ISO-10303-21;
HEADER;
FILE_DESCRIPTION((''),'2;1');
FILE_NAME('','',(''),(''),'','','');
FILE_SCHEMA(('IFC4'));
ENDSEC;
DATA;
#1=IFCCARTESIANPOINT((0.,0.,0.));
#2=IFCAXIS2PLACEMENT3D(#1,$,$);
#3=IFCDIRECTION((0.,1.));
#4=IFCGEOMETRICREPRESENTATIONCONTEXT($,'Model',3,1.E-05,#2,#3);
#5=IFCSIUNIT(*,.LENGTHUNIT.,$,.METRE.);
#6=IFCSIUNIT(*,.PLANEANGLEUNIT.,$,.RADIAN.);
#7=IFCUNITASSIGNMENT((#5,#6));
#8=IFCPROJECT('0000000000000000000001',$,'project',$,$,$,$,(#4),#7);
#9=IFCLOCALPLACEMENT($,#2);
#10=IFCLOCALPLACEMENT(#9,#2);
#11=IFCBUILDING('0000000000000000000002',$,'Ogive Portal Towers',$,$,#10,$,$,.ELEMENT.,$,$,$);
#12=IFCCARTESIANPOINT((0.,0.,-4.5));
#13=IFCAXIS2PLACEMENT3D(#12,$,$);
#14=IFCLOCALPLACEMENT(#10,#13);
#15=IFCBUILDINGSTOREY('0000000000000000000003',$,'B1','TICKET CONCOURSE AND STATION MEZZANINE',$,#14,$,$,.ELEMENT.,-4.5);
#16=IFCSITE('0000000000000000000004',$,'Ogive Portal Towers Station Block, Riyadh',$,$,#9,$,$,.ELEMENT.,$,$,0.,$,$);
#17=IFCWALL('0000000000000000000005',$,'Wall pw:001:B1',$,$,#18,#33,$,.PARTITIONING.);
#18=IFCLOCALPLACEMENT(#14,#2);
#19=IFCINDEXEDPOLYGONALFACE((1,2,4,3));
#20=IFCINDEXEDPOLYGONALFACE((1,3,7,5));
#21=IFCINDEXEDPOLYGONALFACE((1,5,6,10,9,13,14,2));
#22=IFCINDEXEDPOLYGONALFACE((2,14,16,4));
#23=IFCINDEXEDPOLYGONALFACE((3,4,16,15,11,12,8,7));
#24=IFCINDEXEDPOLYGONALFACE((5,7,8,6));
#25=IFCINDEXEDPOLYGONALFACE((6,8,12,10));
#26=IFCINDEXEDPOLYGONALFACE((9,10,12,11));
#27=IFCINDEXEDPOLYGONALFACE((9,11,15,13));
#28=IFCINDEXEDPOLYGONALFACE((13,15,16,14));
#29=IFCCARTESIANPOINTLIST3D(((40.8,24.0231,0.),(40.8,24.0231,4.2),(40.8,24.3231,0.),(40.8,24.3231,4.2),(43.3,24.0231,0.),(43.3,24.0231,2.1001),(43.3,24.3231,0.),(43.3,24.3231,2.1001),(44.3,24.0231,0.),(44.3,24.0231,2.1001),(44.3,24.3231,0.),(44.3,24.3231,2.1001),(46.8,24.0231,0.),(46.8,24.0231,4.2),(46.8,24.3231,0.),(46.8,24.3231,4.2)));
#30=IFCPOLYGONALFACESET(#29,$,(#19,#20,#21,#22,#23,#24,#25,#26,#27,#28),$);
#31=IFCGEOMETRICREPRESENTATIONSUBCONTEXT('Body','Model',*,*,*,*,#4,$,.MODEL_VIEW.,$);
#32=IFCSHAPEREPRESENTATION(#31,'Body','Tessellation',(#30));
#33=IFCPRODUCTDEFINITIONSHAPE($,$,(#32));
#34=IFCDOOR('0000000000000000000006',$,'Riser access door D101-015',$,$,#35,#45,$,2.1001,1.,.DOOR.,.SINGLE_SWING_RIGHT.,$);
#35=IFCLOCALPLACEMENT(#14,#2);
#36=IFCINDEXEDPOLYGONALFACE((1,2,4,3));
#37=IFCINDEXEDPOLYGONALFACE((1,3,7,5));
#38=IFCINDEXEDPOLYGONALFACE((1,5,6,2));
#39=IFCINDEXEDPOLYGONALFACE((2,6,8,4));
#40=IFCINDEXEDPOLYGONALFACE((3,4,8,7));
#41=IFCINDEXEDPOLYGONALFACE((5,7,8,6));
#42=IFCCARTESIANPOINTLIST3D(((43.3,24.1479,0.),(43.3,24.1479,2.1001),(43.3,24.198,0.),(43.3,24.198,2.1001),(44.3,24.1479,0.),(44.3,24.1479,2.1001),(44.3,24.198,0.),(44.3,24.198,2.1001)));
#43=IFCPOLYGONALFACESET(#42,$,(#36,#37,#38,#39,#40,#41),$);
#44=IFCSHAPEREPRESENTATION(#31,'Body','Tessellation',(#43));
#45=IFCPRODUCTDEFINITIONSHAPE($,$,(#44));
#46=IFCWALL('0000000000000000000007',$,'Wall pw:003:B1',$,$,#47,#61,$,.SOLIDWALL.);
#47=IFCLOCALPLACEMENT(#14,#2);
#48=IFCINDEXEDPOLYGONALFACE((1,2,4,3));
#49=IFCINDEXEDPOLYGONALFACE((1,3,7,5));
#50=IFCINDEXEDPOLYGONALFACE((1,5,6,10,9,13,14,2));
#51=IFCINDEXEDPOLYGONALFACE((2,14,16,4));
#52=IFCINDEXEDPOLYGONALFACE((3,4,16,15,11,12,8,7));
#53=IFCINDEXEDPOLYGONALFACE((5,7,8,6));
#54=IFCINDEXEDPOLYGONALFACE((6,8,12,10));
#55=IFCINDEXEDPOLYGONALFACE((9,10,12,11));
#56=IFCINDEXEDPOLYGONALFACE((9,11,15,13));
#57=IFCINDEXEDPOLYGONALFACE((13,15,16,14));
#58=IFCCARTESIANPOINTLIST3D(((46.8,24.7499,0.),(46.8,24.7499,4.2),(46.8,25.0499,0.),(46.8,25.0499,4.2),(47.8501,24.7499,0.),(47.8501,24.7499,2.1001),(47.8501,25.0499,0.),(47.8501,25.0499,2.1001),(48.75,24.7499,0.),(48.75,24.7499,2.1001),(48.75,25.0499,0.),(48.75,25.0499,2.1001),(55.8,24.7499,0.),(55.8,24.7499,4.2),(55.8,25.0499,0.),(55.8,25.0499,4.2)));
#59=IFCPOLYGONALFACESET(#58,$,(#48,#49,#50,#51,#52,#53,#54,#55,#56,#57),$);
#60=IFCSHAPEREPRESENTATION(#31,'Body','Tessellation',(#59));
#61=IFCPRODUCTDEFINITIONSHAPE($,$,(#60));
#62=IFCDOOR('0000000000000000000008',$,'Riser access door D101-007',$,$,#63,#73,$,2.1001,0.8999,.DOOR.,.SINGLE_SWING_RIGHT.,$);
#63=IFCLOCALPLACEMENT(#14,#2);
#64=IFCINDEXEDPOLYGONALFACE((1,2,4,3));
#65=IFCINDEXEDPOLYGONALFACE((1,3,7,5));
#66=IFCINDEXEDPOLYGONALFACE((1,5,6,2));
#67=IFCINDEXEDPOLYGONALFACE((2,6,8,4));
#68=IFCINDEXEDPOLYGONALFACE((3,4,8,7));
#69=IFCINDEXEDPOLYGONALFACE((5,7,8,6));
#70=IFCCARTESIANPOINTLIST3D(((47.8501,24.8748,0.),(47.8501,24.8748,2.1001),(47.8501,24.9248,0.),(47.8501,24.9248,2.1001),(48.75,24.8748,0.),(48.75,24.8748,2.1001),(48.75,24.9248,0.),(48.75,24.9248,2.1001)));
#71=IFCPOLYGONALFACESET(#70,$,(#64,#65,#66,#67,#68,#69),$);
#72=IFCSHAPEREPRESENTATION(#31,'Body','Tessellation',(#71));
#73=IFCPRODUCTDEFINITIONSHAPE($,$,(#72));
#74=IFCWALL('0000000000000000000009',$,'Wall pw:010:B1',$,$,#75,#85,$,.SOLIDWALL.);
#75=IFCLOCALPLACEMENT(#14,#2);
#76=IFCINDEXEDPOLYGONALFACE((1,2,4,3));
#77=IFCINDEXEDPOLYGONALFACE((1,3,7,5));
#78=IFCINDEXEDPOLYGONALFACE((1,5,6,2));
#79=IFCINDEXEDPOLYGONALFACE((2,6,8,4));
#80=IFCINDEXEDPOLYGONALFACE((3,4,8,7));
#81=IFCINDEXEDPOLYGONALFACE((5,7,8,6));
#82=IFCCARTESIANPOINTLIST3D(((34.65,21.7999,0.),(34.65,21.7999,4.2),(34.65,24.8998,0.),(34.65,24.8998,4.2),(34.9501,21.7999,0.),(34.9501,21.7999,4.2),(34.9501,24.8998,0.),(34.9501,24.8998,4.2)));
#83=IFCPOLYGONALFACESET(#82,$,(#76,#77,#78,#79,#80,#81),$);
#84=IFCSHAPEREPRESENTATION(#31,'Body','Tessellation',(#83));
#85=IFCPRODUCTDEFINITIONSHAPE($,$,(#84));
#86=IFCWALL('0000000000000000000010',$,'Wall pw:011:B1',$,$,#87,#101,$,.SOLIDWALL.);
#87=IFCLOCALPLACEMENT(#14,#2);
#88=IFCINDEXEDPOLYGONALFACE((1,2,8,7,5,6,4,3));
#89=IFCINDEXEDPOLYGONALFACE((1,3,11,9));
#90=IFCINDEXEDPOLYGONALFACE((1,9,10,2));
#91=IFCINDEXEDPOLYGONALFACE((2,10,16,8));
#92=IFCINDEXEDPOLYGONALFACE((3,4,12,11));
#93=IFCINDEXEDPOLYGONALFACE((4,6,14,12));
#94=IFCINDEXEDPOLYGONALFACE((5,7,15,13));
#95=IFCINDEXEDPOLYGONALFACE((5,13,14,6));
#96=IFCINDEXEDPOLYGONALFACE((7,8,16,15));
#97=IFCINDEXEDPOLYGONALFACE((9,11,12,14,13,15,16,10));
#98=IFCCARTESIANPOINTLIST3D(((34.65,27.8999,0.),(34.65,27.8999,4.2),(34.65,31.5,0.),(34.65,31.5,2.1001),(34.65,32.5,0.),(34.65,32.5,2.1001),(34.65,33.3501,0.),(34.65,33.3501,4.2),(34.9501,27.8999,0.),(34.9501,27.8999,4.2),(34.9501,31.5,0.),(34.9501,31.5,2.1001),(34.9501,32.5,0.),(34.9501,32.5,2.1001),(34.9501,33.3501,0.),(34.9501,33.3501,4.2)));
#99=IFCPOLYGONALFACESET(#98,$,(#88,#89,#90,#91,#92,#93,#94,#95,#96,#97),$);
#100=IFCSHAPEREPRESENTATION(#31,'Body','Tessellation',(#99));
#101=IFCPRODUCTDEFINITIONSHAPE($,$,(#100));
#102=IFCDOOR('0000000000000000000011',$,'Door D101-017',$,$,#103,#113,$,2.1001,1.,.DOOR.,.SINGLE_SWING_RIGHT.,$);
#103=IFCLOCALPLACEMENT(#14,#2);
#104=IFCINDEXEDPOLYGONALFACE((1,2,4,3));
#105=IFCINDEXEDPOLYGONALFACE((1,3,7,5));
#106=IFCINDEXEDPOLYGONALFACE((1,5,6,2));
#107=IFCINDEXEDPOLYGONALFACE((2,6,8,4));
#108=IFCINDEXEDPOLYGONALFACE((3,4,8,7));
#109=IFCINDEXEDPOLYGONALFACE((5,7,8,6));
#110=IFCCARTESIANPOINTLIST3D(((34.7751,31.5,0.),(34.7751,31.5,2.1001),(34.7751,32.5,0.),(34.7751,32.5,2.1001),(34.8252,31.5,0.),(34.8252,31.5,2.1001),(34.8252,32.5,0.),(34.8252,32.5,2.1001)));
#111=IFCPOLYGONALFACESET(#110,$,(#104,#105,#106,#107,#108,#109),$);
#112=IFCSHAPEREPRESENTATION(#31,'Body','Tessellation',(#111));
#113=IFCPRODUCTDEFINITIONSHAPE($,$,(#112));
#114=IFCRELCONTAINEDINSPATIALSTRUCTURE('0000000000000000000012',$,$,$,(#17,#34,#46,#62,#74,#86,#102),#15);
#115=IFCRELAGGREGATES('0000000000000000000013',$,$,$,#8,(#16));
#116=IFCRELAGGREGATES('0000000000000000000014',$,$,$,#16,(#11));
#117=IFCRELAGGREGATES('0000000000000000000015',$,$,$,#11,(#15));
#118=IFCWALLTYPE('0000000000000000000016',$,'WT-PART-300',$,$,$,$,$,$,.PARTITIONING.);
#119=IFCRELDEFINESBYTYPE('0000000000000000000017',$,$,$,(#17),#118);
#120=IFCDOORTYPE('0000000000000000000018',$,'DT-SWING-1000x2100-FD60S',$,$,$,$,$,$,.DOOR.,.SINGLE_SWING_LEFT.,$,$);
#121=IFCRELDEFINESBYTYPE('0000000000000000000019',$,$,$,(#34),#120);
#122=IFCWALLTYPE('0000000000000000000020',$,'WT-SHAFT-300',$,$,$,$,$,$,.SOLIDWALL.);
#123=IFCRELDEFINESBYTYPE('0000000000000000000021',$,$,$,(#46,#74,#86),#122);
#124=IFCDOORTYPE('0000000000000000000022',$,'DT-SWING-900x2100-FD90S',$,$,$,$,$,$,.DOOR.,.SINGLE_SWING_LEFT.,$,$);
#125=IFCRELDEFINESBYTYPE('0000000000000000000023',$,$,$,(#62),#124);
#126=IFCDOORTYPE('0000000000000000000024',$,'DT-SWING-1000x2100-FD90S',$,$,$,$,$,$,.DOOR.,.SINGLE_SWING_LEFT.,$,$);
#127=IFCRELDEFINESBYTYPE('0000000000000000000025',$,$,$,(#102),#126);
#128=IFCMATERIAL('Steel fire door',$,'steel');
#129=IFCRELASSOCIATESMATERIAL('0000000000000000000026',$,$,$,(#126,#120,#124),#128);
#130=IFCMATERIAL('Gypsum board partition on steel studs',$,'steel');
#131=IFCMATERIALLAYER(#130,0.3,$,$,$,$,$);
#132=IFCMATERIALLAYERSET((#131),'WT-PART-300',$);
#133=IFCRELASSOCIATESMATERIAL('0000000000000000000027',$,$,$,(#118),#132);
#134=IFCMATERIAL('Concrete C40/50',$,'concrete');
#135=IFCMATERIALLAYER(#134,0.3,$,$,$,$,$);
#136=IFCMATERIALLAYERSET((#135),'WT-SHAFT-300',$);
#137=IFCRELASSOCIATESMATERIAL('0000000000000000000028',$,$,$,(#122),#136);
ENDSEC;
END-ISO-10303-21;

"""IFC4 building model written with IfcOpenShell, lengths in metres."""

from ifc_helpers import new_model, si_unit, direction, frame, frame_2d, origin, place, context, subcontext, project, spatial, rectangle, extrude, material, layer, layer_set, type_object, element, fill, save


model = new_model("IFC4")

# Units and contexts
model_context = context("Model", 3, precision=1e-05, world=origin(), true_north=direction((0.0, 1.0)))
body_context = subcontext(model_context, "Body", "Model", "MODEL_VIEW")
ifc_project = project(units=[si_unit("LENGTHUNIT", "METRE"), si_unit("PLANEANGLEUNIT", "RADIAN")], contexts=[model_context])

# Site, building, storey
site_placement = place(None, origin())
site = spatial("IfcSite", under=ifc_project, at=site_placement, Name="Ogive Portal Towers Station Block, Riyadh", CompositionType="ELEMENT", RefElevation=0.0)
building_placement = place(site_placement, origin())
building = spatial("IfcBuilding", under=site, at=building_placement, Name="Ogive Portal Towers", CompositionType="ELEMENT")
storey_placement = place(building_placement, frame((0.0, 0.0, -4.5)))
storey = spatial("IfcBuildingStorey", under=building, at=storey_placement, Name="B1", Description="TICKET CONCOURSE AND STATION MEZZANINE", CompositionType="ELEMENT", Elevation=-4.5)

# Shared definitions
ifc_material_1 = material(Name="Steel fire door", Category="steel")
door_type_1 = type_object("IfcDoorType", Name="DT-SWING-1000x2100-FD90S", OperationType="SINGLE_SWING_LEFT", PredefinedType="DOOR", material=ifc_material_1)

# Walls, openings, doors
ifc_material_2 = material(Name="Gypsum board partition on steel studs", Category="steel")
ifc_layer_1 = layer(ifc_material_2, 0.3)
ifc_layer_set_1 = layer_set([ifc_layer_1], Name="WT-PART-300")
wall_type_1 = type_object("IfcWallType", Name="WT-PART-300", PredefinedType="PARTITIONING", material=ifc_layer_set_1)
wall_1_placement = place(storey_placement, frame((40.8, 24.1731, 0.0), z_axis=(0.0, 0.0, 1.0), x_axis=(1.0, 0.0, 0.0)))
wall_1 = element("IfcWall", 1, at=wall_1_placement, inside=storey, type_object=wall_type_1, Name="Wall pw:001:B1", PredefinedType="PARTITIONING", context=body_context, shape_type="SweptSolid", body=[
    extrude(rectangle(XDim=6.0, YDim=0.3, at=frame_2d((3.0, 0.0))), origin(), (0.0, 0.0, 1.0), 4.2),
])
opening_1_placement = place(wall_1_placement, frame((2.5, 0.0, 0.0)))
opening_1 = element("IfcOpeningElement", 2, at=opening_1_placement, cuts=wall_1, PredefinedType="OPENING", context=body_context, shape_type="SweptSolid", body=[
    extrude(rectangle(XDim=1.0, YDim=2.1001, at=frame_2d((0.5, 1.05))), frame((0.0, 0.1602, 0.0), z_axis=(0.0, -1.0, 0.0), x_axis=(1.0, 0.0, 0.0)), (0.0, 0.0, 1.0), 0.3201),
])
door_type_2 = type_object("IfcDoorType", Name="DT-SWING-1000x2100-FD60S", OperationType="SINGLE_SWING_LEFT", PredefinedType="DOOR", material=ifc_material_1)
door_1_placement = place(opening_1_placement, origin())
door_1 = element("IfcDoor", 3, at=door_1_placement, inside=storey, type_object=door_type_2, Name="Riser access door D101-015", OperationType="SINGLE_SWING_RIGHT", OverallHeight=2.1001, OverallWidth=1.0, PredefinedType="DOOR", context=body_context, shape_type="SweptSolid", body=[
    extrude(rectangle(XDim=1.0, YDim=2.1001, at=frame_2d((0.5, 1.05))), frame((0.0, 0.0249, 0.0), z_axis=(0.0, -1.0, 0.0), x_axis=(1.0, 0.0, 0.0)), (0.0, 0.0, 1.0), 0.05),
])
fill(opening_1, door_1)
ifc_material_3 = material(Name="Concrete C40/50", Category="concrete")
ifc_layer_2 = layer(ifc_material_3, 0.3)
ifc_layer_set_2 = layer_set([ifc_layer_2], Name="WT-SHAFT-300")
wall_type_2 = type_object("IfcWallType", Name="WT-SHAFT-300", PredefinedType="SOLIDWALL", material=ifc_layer_set_2)
wall_2_placement = place(storey_placement, frame((46.8, 24.8999, 0.0), z_axis=(0.0, 0.0, 1.0), x_axis=(1.0, 0.0, 0.0)))
wall_2 = element("IfcWall", 4, at=wall_2_placement, inside=storey, type_object=wall_type_2, Name="Wall pw:003:B1", PredefinedType="SOLIDWALL", context=body_context, shape_type="SweptSolid", body=[
    extrude(rectangle(XDim=9.0, YDim=0.3, at=frame_2d((4.5, 0.0))), origin(), (0.0, 0.0, 1.0), 4.2),
])
opening_2_placement = place(wall_2_placement, frame((1.05, 0.0, 0.0)))
opening_2 = element("IfcOpeningElement", 5, at=opening_2_placement, cuts=wall_2, PredefinedType="OPENING", context=body_context, shape_type="SweptSolid", body=[
    extrude(rectangle(XDim=0.8999, YDim=2.1001, at=frame_2d((0.45, 1.05))), frame((0.0, 0.1602, 0.0), z_axis=(0.0, -1.0, 0.0), x_axis=(1.0, 0.0, 0.0)), (0.0, 0.0, 1.0), 0.3201),
])
door_type_3 = type_object("IfcDoorType", Name="DT-SWING-900x2100-FD90S", OperationType="SINGLE_SWING_LEFT", PredefinedType="DOOR", material=ifc_material_1)
door_2_placement = place(opening_2_placement, origin())
door_2 = element("IfcDoor", 6, at=door_2_placement, inside=storey, type_object=door_type_3, Name="Riser access door D101-007", OperationType="SINGLE_SWING_RIGHT", OverallHeight=2.1001, OverallWidth=0.8999, PredefinedType="DOOR", context=body_context, shape_type="SweptSolid", body=[
    extrude(rectangle(XDim=0.8999, YDim=2.1001, at=frame_2d((0.45, 1.05))), frame((0.0, 0.0249, 0.0), z_axis=(0.0, -1.0, 0.0), x_axis=(1.0, 0.0, 0.0)), (0.0, 0.0, 1.0), 0.05),
])
fill(opening_2, door_2)

# Wall
wall_3_placement = place(storey_placement, frame((34.8, 21.8, 0.0), z_axis=(0.0, 0.0, 1.0), x_axis=(0.0, 1.0, 0.0)))
element("IfcWall", 7, at=wall_3_placement, inside=storey, type_object=wall_type_2, Name="Wall pw:010:B1", PredefinedType="SOLIDWALL", context=body_context, shape_type="SweptSolid", body=[
    extrude(rectangle(XDim=3.0999, YDim=0.3, at=frame_2d((1.5498, 0.0))), origin(), (0.0, 0.0, 1.0), 4.2),
])

# Wall, opening, door
wall_4_placement = place(storey_placement, frame((34.8, 27.8999, 0.0), z_axis=(0.0, 0.0, 1.0), x_axis=(0.0, 1.0, 0.0)))
wall_4 = element("IfcWall", 8, at=wall_4_placement, inside=storey, type_object=wall_type_2, Name="Wall pw:011:B1", PredefinedType="SOLIDWALL", context=body_context, shape_type="SweptSolid", body=[
    extrude(rectangle(XDim=5.4502, YDim=0.3, at=frame_2d((2.7251, 0.0))), origin(), (0.0, 0.0, 1.0), 4.2),
])
opening_3_placement = place(wall_4_placement, frame((3.6001, 0.0, 0.0)))
opening_3 = element("IfcOpeningElement", 9, at=opening_3_placement, cuts=wall_4, PredefinedType="OPENING", context=body_context, shape_type="SweptSolid", body=[
    extrude(rectangle(XDim=1.0, YDim=2.1001, at=frame_2d((0.5, 1.05))), frame((0.0, 0.1602, 0.0), z_axis=(0.0, -1.0, 0.0), x_axis=(1.0, 0.0, 0.0)), (0.0, 0.0, 1.0), 0.3201),
])
door_3_placement = place(opening_3_placement, origin())
door_3 = element("IfcDoor", 10, at=door_3_placement, inside=storey, type_object=door_type_1, Name="Door D101-017", OperationType="SINGLE_SWING_RIGHT", OverallHeight=2.1001, OverallWidth=1.0, PredefinedType="DOOR", context=body_context, shape_type="SweptSolid", body=[
    extrude(rectangle(XDim=1.0, YDim=2.1001, at=frame_2d((0.5, 1.05))), frame((0.0, 0.0249, 0.0), z_axis=(0.0, -1.0, 0.0), x_axis=(1.0, 0.0, 0.0)), (0.0, 0.0, 1.0), 0.05),
])
fill(opening_3, door_3)

save(model, "model.ifc")
